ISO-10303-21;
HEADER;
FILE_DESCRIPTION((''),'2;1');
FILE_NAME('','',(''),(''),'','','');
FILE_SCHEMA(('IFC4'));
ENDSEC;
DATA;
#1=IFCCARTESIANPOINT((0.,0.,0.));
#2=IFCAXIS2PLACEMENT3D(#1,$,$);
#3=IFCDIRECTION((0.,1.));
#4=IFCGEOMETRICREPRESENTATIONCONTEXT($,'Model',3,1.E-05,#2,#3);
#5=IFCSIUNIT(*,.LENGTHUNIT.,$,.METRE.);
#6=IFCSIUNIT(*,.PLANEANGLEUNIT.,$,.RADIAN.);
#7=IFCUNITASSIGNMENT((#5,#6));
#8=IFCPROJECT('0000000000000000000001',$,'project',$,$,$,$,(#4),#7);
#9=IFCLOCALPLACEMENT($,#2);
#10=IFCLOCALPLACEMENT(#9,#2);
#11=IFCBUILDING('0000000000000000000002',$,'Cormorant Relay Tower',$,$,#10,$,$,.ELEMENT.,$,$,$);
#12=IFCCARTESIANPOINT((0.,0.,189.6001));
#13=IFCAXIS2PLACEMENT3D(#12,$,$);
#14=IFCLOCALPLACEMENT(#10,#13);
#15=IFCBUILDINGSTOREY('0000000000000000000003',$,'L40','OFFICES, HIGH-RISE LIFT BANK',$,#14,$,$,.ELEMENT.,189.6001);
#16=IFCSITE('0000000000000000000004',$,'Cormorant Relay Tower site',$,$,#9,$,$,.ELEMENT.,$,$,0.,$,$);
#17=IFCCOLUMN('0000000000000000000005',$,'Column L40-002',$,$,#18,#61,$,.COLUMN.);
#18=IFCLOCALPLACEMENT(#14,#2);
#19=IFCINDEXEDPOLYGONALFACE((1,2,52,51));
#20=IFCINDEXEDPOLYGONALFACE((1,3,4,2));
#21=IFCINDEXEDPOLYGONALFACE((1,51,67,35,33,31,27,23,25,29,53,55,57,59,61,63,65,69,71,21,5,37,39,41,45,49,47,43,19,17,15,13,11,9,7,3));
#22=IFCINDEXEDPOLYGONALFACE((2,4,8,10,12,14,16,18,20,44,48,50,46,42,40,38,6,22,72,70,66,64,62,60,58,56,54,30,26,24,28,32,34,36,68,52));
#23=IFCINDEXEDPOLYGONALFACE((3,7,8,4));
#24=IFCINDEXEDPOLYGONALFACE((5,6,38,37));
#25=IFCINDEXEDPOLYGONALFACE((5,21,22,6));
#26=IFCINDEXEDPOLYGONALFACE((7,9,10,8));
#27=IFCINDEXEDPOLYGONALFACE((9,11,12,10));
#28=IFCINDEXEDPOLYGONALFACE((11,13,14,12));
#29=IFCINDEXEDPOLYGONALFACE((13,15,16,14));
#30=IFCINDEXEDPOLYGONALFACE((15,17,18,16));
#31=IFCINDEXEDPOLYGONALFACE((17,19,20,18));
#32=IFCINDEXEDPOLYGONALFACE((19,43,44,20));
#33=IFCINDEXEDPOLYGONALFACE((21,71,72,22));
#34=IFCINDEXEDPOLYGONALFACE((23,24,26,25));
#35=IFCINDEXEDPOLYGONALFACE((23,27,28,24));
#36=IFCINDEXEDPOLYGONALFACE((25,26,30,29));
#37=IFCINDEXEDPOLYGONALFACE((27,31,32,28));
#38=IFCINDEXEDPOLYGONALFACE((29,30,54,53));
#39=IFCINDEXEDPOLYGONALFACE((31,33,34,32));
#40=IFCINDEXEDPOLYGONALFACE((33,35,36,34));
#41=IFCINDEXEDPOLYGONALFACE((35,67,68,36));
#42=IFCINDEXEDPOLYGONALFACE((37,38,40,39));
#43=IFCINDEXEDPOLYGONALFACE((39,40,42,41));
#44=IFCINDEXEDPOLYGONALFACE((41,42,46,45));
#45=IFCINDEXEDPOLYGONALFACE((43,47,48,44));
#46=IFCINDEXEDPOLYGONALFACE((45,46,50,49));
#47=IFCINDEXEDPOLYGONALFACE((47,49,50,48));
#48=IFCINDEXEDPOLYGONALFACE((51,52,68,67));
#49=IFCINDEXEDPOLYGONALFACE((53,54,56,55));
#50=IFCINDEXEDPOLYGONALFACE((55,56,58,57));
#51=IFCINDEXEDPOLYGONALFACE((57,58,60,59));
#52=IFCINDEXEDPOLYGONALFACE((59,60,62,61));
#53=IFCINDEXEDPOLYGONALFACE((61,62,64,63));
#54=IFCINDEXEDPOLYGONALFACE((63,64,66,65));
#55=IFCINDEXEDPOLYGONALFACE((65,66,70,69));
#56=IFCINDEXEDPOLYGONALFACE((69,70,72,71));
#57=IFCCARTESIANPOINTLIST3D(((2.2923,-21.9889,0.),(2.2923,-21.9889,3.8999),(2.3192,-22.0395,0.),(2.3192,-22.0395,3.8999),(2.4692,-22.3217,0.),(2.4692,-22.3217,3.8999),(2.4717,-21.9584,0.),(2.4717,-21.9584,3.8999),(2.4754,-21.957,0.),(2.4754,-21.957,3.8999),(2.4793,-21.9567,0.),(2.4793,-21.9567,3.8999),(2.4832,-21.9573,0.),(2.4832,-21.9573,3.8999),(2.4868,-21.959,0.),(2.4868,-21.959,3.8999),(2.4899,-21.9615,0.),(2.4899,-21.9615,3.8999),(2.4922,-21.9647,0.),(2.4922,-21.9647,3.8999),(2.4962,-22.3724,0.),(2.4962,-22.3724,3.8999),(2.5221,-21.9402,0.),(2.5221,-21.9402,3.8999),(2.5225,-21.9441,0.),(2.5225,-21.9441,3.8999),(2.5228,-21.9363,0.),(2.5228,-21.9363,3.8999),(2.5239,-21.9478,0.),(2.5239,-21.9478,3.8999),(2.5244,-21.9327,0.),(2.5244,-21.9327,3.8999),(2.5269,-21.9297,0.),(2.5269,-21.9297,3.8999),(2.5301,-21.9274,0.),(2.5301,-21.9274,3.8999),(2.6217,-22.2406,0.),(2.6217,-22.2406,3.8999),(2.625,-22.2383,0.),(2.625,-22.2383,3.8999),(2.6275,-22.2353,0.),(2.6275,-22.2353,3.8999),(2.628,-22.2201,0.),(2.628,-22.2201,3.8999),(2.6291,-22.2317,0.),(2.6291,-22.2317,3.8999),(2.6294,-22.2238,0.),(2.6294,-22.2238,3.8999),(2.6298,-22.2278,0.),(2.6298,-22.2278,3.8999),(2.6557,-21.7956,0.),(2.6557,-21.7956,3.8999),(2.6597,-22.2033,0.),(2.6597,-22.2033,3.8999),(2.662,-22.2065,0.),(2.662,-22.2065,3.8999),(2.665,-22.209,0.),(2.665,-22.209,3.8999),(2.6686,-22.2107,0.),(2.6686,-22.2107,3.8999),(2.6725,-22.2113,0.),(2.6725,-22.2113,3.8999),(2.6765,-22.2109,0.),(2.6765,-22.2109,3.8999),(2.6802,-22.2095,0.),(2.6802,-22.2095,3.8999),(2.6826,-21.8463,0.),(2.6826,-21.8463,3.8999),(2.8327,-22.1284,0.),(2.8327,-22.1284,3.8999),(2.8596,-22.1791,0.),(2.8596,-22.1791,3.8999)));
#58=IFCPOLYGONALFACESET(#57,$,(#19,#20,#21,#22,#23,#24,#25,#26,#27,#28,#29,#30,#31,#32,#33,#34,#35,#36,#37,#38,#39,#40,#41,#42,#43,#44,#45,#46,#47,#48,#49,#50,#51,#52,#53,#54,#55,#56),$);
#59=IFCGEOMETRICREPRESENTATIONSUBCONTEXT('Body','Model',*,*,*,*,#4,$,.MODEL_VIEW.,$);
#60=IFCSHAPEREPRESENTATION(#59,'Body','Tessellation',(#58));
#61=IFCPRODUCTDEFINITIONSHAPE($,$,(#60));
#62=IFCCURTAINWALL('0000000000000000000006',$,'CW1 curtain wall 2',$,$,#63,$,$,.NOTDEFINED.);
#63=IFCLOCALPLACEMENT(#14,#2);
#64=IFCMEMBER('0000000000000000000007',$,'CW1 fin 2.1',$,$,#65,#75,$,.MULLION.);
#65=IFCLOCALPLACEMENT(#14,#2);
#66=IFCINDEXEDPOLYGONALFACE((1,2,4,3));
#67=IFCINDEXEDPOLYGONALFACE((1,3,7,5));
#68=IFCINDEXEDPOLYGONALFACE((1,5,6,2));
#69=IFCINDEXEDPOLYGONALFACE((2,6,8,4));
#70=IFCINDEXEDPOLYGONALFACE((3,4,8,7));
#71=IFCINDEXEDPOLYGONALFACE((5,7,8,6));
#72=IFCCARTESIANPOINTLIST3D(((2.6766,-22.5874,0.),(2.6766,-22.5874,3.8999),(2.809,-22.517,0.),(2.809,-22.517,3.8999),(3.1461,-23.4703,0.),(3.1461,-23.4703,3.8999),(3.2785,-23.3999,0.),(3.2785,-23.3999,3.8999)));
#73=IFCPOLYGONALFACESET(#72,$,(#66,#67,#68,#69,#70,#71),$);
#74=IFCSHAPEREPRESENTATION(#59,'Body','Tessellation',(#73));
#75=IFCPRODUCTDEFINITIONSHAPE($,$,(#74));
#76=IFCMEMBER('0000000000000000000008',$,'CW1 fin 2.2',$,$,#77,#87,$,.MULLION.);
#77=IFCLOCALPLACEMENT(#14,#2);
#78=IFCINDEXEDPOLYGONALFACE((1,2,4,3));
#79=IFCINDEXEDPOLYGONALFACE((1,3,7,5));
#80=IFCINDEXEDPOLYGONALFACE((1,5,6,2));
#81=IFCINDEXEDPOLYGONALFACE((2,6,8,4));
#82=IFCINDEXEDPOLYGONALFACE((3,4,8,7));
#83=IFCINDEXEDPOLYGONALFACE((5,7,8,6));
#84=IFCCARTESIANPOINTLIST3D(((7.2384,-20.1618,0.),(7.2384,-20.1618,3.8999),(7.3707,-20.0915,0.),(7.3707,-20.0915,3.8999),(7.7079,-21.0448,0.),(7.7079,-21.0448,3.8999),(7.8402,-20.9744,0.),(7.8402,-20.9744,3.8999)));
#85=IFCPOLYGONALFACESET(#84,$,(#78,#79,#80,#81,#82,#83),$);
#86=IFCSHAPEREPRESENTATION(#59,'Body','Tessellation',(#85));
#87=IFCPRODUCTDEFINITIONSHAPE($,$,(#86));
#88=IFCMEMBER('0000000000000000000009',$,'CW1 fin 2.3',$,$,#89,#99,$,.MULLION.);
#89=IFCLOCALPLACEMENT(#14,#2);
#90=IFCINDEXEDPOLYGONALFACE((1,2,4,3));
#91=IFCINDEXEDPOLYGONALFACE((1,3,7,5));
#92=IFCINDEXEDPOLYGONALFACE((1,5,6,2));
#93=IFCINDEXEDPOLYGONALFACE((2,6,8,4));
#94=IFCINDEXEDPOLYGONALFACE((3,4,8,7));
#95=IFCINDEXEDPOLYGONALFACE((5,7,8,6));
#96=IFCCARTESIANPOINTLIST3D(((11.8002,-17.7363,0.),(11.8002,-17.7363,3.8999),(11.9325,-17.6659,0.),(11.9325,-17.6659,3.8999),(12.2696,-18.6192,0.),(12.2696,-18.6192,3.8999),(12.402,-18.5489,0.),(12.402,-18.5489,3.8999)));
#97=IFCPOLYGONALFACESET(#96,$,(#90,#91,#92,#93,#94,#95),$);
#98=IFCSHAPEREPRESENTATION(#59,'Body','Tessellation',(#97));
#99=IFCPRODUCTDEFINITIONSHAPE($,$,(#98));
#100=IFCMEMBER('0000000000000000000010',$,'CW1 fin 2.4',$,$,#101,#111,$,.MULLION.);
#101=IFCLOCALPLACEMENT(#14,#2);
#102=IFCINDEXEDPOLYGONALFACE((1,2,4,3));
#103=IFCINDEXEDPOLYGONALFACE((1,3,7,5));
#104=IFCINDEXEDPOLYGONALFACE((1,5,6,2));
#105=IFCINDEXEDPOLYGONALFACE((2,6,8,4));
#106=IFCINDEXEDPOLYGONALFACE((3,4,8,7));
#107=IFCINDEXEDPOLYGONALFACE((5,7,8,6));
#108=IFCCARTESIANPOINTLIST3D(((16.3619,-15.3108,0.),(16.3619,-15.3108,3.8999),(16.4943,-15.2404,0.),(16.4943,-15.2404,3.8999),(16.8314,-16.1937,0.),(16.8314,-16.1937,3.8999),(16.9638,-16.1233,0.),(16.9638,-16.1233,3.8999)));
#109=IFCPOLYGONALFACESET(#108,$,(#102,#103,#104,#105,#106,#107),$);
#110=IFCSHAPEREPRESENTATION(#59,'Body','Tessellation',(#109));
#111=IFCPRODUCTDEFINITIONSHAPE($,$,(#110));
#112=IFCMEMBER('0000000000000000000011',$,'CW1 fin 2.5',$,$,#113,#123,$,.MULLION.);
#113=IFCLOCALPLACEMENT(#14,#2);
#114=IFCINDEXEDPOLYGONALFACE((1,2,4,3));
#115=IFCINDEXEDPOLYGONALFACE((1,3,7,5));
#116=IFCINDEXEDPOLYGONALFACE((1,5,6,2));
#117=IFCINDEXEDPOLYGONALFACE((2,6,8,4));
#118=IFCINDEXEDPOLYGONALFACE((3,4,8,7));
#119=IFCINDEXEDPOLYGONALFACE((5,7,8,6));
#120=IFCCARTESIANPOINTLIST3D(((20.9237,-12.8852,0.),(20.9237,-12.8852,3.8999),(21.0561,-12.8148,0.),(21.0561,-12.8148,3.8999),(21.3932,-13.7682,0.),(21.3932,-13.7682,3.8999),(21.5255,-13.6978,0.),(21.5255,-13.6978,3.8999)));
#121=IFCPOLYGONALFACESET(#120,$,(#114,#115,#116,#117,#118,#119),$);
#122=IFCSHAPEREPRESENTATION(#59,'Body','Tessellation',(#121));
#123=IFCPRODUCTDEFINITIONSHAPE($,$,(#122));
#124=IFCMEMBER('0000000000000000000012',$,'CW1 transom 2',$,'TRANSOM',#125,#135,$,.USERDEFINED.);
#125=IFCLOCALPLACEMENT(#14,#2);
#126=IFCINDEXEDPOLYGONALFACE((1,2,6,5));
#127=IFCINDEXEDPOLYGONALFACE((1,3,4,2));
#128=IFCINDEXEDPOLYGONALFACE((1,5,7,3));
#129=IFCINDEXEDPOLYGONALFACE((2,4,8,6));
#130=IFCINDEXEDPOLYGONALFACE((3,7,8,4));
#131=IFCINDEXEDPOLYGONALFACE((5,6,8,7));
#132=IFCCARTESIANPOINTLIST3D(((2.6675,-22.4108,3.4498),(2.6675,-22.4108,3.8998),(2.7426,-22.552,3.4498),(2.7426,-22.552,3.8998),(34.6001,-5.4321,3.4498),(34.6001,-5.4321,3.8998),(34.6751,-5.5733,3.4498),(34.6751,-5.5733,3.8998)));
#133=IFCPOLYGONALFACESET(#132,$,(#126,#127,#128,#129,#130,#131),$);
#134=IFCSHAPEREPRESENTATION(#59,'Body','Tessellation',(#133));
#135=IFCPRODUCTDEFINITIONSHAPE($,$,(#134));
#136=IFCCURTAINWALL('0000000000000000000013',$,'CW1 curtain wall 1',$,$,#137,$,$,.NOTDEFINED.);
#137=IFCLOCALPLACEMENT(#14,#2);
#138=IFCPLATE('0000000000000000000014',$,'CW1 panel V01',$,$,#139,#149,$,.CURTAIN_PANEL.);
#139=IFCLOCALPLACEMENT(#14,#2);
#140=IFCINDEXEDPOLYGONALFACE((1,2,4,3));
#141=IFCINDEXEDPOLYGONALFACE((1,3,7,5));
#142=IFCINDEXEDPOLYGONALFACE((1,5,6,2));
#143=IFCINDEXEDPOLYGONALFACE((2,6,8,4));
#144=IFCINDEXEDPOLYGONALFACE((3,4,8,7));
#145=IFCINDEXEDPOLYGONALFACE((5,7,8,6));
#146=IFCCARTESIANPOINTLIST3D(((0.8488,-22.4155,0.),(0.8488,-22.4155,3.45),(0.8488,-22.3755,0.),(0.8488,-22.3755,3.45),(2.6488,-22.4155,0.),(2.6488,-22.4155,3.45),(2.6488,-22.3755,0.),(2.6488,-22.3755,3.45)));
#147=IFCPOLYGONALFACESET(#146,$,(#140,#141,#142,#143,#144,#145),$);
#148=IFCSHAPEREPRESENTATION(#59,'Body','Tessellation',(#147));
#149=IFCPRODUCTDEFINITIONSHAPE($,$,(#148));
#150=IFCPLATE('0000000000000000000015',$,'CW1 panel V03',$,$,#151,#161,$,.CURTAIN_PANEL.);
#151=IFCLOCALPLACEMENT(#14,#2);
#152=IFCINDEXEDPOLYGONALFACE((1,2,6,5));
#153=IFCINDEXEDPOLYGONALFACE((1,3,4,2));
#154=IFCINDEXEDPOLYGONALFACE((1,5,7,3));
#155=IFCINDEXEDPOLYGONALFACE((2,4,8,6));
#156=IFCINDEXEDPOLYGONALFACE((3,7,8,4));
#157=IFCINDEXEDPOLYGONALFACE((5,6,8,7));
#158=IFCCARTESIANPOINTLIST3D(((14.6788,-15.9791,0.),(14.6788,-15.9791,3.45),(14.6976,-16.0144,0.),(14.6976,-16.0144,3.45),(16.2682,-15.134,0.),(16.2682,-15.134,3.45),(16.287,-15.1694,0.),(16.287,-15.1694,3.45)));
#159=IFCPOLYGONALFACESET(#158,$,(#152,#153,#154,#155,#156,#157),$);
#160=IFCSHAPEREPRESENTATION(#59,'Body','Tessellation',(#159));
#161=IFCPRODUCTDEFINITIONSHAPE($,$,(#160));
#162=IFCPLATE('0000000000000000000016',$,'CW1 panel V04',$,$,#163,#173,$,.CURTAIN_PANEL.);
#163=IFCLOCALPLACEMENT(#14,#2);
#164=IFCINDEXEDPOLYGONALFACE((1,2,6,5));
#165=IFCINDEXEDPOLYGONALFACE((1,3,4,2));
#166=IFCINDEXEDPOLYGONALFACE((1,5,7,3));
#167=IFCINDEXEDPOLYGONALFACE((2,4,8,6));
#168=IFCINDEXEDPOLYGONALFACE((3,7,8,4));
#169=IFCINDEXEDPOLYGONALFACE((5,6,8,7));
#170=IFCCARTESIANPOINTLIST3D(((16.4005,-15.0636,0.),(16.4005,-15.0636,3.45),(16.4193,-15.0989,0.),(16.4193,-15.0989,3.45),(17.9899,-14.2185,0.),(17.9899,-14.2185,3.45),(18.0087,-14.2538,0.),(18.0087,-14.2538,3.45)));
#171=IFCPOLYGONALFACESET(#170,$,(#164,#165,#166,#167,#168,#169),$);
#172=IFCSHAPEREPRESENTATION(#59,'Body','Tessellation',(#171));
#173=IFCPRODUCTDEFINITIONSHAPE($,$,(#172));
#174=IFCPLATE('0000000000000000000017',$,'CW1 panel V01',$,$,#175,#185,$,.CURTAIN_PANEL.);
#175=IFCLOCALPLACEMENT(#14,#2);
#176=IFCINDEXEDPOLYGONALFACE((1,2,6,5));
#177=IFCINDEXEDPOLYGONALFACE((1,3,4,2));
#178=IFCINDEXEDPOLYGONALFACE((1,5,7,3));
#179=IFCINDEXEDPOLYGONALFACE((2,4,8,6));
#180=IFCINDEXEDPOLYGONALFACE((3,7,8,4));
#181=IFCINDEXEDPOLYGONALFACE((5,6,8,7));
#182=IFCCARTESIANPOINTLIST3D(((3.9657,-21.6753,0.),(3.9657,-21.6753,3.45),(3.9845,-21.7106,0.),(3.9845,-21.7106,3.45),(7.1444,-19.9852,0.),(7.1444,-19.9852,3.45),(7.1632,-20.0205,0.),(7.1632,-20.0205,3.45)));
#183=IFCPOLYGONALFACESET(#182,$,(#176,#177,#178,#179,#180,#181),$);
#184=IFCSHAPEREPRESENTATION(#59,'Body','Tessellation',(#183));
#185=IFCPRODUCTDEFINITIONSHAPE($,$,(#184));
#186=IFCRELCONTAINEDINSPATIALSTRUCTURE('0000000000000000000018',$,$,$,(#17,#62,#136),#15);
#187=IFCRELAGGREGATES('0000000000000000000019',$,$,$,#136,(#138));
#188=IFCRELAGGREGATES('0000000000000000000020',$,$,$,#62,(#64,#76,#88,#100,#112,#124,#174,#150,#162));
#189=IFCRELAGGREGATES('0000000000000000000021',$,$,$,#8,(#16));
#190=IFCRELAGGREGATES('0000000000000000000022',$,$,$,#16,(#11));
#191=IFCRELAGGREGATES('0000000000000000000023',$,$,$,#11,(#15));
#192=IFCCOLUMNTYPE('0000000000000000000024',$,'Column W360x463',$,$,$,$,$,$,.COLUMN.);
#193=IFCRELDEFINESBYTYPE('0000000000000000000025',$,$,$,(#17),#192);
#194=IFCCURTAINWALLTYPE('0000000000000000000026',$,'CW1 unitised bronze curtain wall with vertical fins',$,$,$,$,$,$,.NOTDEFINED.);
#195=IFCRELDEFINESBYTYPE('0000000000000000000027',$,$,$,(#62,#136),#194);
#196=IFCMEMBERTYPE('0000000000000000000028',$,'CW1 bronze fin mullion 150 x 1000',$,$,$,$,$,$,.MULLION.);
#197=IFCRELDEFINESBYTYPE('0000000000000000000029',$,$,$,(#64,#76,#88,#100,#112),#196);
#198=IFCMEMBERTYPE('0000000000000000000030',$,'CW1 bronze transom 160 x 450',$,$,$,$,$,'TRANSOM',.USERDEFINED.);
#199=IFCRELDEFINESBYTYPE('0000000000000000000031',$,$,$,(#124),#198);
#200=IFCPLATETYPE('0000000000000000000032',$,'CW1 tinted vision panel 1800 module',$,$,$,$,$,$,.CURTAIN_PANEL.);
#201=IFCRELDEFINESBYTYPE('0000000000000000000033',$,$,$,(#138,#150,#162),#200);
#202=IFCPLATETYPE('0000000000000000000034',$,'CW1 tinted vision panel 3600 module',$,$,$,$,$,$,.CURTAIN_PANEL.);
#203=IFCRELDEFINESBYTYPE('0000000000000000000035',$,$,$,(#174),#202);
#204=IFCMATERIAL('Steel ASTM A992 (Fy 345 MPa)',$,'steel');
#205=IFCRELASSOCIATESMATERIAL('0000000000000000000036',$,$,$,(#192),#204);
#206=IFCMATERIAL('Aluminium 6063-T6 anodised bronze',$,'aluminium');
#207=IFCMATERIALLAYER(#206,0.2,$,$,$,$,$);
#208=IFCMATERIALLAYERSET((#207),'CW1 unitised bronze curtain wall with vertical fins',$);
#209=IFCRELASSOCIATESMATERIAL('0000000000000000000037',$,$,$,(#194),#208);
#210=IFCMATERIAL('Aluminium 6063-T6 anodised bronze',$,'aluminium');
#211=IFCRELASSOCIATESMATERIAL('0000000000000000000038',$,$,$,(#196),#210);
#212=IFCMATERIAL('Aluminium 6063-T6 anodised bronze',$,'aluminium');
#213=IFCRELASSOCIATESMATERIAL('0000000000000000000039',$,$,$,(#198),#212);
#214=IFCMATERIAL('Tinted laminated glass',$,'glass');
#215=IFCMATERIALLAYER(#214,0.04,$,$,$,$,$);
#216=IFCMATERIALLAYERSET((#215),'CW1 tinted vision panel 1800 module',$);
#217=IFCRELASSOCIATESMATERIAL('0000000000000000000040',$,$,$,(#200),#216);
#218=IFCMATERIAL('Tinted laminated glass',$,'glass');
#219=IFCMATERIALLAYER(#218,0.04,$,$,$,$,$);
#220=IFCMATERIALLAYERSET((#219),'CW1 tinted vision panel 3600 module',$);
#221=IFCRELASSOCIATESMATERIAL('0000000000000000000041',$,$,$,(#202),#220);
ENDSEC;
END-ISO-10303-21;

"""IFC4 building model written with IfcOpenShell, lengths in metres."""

from ifc_helpers import new_model, si_unit, direction, frame, origin, origin_2d, place, context, subcontext, project, spatial, rectangle, i_section, extrude, material, layer, layer_set, material_profile, profile_set, type_object, element, aggregate, save


model = new_model("IFC4")

# Units and contexts
model_context = context("Model", 3, precision=1e-05, world=origin(), true_north=direction((0.0, 1.0)))
body_context = subcontext(model_context, "Body", "Model", "MODEL_VIEW")
ifc_project = project(units=[si_unit("LENGTHUNIT", "METRE"), si_unit("PLANEANGLEUNIT", "RADIAN")], contexts=[model_context])

# Site, building, storey
site_placement = place(None, origin())
site = spatial("IfcSite", under=ifc_project, at=site_placement, Name="Cormorant Relay Tower site", CompositionType="ELEMENT", RefElevation=0.0)
building_placement = place(site_placement, origin())
building = spatial("IfcBuilding", under=site, at=building_placement, Name="Cormorant Relay Tower", CompositionType="ELEMENT")
storey_placement = place(building_placement, frame((0.0, 0.0, 189.6001)))
storey = spatial("IfcBuildingStorey", under=building, at=storey_placement, Name="L40", Description="OFFICES, HIGH-RISE LIFT BANK", CompositionType="ELEMENT", Elevation=189.6001)

# Column
ifc_material_1 = material(Name="Steel ASTM A992 (Fy 345 MPa)", Category="steel")
ifc_material_profile_1 = material_profile(ifc_material_1, i_section(OverallWidth=0.4116, OverallDepth=0.4343, WebThickness=0.0359, FlangeThickness=0.0574, FilletRadius=0.0151, at=origin_2d()), Name="W360x463")
ifc_profile_set_1 = profile_set([ifc_material_profile_1], Name="Steel ASTM A992 (Fy 345 MPa)")
column_type_1 = type_object("IfcColumnType", Name="Column W360x463", PredefinedType="COLUMN", material=ifc_profile_set_1)
column_1_placement = place(storey_placement, frame((2.5759, -22.084, 0.0), z_axis=(0.0, 0.0, 1.0), x_axis=(0.882948, 0.469472, 0.0)))
element("IfcColumn", 1, at=column_1_placement, inside=storey, type_object=column_type_1, Name="Column L40-002", PredefinedType="COLUMN", context=body_context, shape_type="SweptSolid", body=[
    extrude(i_section(OverallWidth=0.4116, OverallDepth=0.4343, WebThickness=0.0359, FlangeThickness=0.0574, FilletRadius=0.0151, at=origin_2d()), origin(), (0.0, 0.0, 1.0), 3.8999),
])

# Curtain wall, members
ifc_material_2 = material(Name="Aluminium 6063-T6 anodised bronze", Category="aluminium")
ifc_layer_1 = layer(ifc_material_2, 0.2)
ifc_layer_set_1 = layer_set([ifc_layer_1], Name="CW1 unitised bronze curtain wall with vertical fins")
curtain_wall_type = type_object("IfcCurtainWallType", Name="CW1 unitised bronze curtain wall with vertical fins", PredefinedType="NOTDEFINED", material=ifc_layer_set_1)
curtain_wall_1_placement = place(storey_placement, origin())
curtain_wall_1 = element("IfcCurtainWall", 2, at=curtain_wall_1_placement, inside=storey, type_object=curtain_wall_type, Name="CW1 curtain wall 2", PredefinedType="NOTDEFINED")
ifc_material_3 = material(Name="Aluminium 6063-T6 anodised bronze", Category="aluminium")
ifc_material_profile_2 = material_profile(ifc_material_3, rectangle(XDim=0.1499, YDim=1.0, at=origin_2d()), Name="AL 150x1000")
ifc_profile_set_2 = profile_set([ifc_material_profile_2], Name="Aluminium 6063-T6 anodised bronze")
member_type_1 = type_object("IfcMemberType", Name="CW1 bronze fin mullion 150 x 1000", PredefinedType="MULLION", material=ifc_profile_set_2)
member_1_placement = place(storey_placement, frame((2.9775, -22.9937, 0.0), z_axis=(0.0, 0.0, 1.0), x_axis=(0.882948, 0.469472, 0.0)))
member_1 = element("IfcMember", 3, at=member_1_placement, type_object=member_type_1, Name="CW1 fin 2.1", PredefinedType="MULLION", context=body_context, shape_type="SweptSolid", body=[
    extrude(rectangle(XDim=0.1499, YDim=1.0, at=origin_2d()), origin(), (0.0, 0.0, 1.0), 3.8999),
])
member_2_placement = place(storey_placement, frame((7.5393, -20.5681, 0.0), z_axis=(0.0, 0.0, 1.0), x_axis=(0.882948, 0.469472, 0.0)))
member_2 = element("IfcMember", 4, at=member_2_placement, type_object=member_type_1, Name="CW1 fin 2.2", PredefinedType="MULLION", context=body_context, shape_type="SweptSolid", body=[
    extrude(rectangle(XDim=0.1499, YDim=1.0, at=origin_2d()), origin(), (0.0, 0.0, 1.0), 3.8999),
])
member_3_placement = place(storey_placement, frame((12.1011, -18.1426, 0.0), z_axis=(0.0, 0.0, 1.0), x_axis=(0.882948, 0.469472, 0.0)))
member_3 = element("IfcMember", 5, at=member_3_placement, type_object=member_type_1, Name="CW1 fin 2.3", PredefinedType="MULLION", context=body_context, shape_type="SweptSolid", body=[
    extrude(rectangle(XDim=0.1499, YDim=1.0, at=origin_2d()), origin(), (0.0, 0.0, 1.0), 3.8999),
])
member_4_placement = place(storey_placement, frame((16.6628, -15.717, 0.0), z_axis=(0.0, 0.0, 1.0), x_axis=(0.882948, 0.469472, 0.0)))
member_4 = element("IfcMember", 6, at=member_4_placement, type_object=member_type_1, Name="CW1 fin 2.4", PredefinedType="MULLION", context=body_context, shape_type="SweptSolid", body=[
    extrude(rectangle(XDim=0.1499, YDim=1.0, at=origin_2d()), origin(), (0.0, 0.0, 1.0), 3.8999),
])
member_5_placement = place(storey_placement, frame((21.2246, -13.2915, 0.0), z_axis=(0.0, 0.0, 1.0), x_axis=(0.882948, 0.469472, 0.0)))
member_5 = element("IfcMember", 7, at=member_5_placement, type_object=member_type_1, Name="CW1 fin 2.5", PredefinedType="MULLION", context=body_context, shape_type="SweptSolid", body=[
    extrude(rectangle(XDim=0.1499, YDim=1.0, at=origin_2d()), origin(), (0.0, 0.0, 1.0), 3.8999),
])
ifc_material_4 = material(Name="Aluminium 6063-T6 anodised bronze", Category="aluminium")
ifc_material_profile_3 = material_profile(ifc_material_4, rectangle(XDim=0.1599, YDim=0.45, at=origin_2d()), Name="AL 160x450")
ifc_profile_set_3 = profile_set([ifc_material_profile_3], Name="Aluminium 6063-T6 anodised bronze")
member_type_2 = type_object("IfcMemberType", Name="CW1 bronze transom 160 x 450", ElementType="TRANSOM", PredefinedType="USERDEFINED", material=ifc_profile_set_3)
member_6_placement = place(storey_placement, frame((2.7051, -22.4814, 3.6748), z_axis=(0.882949, 0.469469, 0.0), x_axis=(-0.469469, 0.882949, 0.0)))
member_6 = element("IfcMember", 8, at=member_6_placement, type_object=member_type_2, Name="CW1 transom 2", ObjectType="TRANSOM", PredefinedType="USERDEFINED", context=body_context, shape_type="SweptSolid", body=[
    extrude(rectangle(XDim=0.1599, YDim=0.45, at=origin_2d()), origin(), (0.0, 0.0, 1.0), 36.1658),
])

# Curtain wall, plate
curtain_wall_2_placement = place(storey_placement, origin())
curtain_wall_2 = element("IfcCurtainWall", 9, at=curtain_wall_2_placement, inside=storey, type_object=curtain_wall_type, Name="CW1 curtain wall 1", PredefinedType="NOTDEFINED")
ifc_material_5 = material(Name="Tinted laminated glass", Category="glass")
ifc_layer_2 = layer(ifc_material_5, 0.04)
ifc_layer_set_2 = layer_set([ifc_layer_2], Name="CW1 tinted vision panel 1800 module")
plate_type_1 = type_object("IfcPlateType", Name="CW1 tinted vision panel 1800 module", PredefinedType="CURTAIN_PANEL", material=ifc_layer_set_2)
plate_1_placement = place(storey_placement, frame((1.7488, -22.3955, 0.0), z_axis=(0.0, 0.0, 1.0), x_axis=(1.0, 0.0, 0.0)))
plate_1 = element("IfcPlate", 10, at=plate_1_placement, type_object=plate_type_1, Name="CW1 panel V01", PredefinedType="CURTAIN_PANEL", context=body_context, shape_type="SweptSolid", body=[
    extrude(rectangle(XDim=1.8, YDim=0.04, at=origin_2d()), origin(), (0.0, 0.0, 1.0), 3.45),
])
aggregate(curtain_wall_2, [plate_1])

# Plates
plate_2_placement = place(storey_placement, frame((15.4829, -15.5742, 0.0), z_axis=(0.0, 0.0, 1.0), x_axis=(0.882948, 0.469472, 0.0)))
plate_2 = element("IfcPlate", 11, at=plate_2_placement, type_object=plate_type_1, Name="CW1 panel V03", PredefinedType="CURTAIN_PANEL", context=body_context, shape_type="SweptSolid", body=[
    extrude(rectangle(XDim=1.8, YDim=0.04, at=origin_2d()), origin(), (0.0, 0.0, 1.0), 3.45),
])
plate_3_placement = place(storey_placement, frame((17.2046, -14.6587, 0.0), z_axis=(0.0, 0.0, 1.0), x_axis=(0.882948, 0.469472, 0.0)))
plate_3 = element("IfcPlate", 12, at=plate_3_placement, type_object=plate_type_1, Name="CW1 panel V04", PredefinedType="CURTAIN_PANEL", context=body_context, shape_type="SweptSolid", body=[
    extrude(rectangle(XDim=1.8, YDim=0.04, at=origin_2d()), origin(), (0.0, 0.0, 1.0), 3.45),
])
ifc_material_6 = material(Name="Tinted laminated glass", Category="glass")
ifc_layer_3 = layer(ifc_material_6, 0.04)
ifc_layer_set_3 = layer_set([ifc_layer_3], Name="CW1 tinted vision panel 3600 module")
plate_type_2 = type_object("IfcPlateType", Name="CW1 tinted vision panel 3600 module", PredefinedType="CURTAIN_PANEL", material=ifc_layer_set_3)
plate_4_placement = place(storey_placement, frame((5.5645, -20.8479, 0.0), z_axis=(0.0, 0.0, 1.0), x_axis=(0.882948, 0.469472, 0.0)))
plate_4 = element("IfcPlate", 13, at=plate_4_placement, type_object=plate_type_2, Name="CW1 panel V01", PredefinedType="CURTAIN_PANEL", context=body_context, shape_type="SweptSolid", body=[
    extrude(rectangle(XDim=3.6001, YDim=0.04, at=origin_2d()), origin(), (0.0, 0.0, 1.0), 3.45),
])

aggregate(curtain_wall_1, [member_1, member_2, member_3, member_4, member_5, member_6, plate_4, plate_2, plate_3])

save(model, "model.ifc")
